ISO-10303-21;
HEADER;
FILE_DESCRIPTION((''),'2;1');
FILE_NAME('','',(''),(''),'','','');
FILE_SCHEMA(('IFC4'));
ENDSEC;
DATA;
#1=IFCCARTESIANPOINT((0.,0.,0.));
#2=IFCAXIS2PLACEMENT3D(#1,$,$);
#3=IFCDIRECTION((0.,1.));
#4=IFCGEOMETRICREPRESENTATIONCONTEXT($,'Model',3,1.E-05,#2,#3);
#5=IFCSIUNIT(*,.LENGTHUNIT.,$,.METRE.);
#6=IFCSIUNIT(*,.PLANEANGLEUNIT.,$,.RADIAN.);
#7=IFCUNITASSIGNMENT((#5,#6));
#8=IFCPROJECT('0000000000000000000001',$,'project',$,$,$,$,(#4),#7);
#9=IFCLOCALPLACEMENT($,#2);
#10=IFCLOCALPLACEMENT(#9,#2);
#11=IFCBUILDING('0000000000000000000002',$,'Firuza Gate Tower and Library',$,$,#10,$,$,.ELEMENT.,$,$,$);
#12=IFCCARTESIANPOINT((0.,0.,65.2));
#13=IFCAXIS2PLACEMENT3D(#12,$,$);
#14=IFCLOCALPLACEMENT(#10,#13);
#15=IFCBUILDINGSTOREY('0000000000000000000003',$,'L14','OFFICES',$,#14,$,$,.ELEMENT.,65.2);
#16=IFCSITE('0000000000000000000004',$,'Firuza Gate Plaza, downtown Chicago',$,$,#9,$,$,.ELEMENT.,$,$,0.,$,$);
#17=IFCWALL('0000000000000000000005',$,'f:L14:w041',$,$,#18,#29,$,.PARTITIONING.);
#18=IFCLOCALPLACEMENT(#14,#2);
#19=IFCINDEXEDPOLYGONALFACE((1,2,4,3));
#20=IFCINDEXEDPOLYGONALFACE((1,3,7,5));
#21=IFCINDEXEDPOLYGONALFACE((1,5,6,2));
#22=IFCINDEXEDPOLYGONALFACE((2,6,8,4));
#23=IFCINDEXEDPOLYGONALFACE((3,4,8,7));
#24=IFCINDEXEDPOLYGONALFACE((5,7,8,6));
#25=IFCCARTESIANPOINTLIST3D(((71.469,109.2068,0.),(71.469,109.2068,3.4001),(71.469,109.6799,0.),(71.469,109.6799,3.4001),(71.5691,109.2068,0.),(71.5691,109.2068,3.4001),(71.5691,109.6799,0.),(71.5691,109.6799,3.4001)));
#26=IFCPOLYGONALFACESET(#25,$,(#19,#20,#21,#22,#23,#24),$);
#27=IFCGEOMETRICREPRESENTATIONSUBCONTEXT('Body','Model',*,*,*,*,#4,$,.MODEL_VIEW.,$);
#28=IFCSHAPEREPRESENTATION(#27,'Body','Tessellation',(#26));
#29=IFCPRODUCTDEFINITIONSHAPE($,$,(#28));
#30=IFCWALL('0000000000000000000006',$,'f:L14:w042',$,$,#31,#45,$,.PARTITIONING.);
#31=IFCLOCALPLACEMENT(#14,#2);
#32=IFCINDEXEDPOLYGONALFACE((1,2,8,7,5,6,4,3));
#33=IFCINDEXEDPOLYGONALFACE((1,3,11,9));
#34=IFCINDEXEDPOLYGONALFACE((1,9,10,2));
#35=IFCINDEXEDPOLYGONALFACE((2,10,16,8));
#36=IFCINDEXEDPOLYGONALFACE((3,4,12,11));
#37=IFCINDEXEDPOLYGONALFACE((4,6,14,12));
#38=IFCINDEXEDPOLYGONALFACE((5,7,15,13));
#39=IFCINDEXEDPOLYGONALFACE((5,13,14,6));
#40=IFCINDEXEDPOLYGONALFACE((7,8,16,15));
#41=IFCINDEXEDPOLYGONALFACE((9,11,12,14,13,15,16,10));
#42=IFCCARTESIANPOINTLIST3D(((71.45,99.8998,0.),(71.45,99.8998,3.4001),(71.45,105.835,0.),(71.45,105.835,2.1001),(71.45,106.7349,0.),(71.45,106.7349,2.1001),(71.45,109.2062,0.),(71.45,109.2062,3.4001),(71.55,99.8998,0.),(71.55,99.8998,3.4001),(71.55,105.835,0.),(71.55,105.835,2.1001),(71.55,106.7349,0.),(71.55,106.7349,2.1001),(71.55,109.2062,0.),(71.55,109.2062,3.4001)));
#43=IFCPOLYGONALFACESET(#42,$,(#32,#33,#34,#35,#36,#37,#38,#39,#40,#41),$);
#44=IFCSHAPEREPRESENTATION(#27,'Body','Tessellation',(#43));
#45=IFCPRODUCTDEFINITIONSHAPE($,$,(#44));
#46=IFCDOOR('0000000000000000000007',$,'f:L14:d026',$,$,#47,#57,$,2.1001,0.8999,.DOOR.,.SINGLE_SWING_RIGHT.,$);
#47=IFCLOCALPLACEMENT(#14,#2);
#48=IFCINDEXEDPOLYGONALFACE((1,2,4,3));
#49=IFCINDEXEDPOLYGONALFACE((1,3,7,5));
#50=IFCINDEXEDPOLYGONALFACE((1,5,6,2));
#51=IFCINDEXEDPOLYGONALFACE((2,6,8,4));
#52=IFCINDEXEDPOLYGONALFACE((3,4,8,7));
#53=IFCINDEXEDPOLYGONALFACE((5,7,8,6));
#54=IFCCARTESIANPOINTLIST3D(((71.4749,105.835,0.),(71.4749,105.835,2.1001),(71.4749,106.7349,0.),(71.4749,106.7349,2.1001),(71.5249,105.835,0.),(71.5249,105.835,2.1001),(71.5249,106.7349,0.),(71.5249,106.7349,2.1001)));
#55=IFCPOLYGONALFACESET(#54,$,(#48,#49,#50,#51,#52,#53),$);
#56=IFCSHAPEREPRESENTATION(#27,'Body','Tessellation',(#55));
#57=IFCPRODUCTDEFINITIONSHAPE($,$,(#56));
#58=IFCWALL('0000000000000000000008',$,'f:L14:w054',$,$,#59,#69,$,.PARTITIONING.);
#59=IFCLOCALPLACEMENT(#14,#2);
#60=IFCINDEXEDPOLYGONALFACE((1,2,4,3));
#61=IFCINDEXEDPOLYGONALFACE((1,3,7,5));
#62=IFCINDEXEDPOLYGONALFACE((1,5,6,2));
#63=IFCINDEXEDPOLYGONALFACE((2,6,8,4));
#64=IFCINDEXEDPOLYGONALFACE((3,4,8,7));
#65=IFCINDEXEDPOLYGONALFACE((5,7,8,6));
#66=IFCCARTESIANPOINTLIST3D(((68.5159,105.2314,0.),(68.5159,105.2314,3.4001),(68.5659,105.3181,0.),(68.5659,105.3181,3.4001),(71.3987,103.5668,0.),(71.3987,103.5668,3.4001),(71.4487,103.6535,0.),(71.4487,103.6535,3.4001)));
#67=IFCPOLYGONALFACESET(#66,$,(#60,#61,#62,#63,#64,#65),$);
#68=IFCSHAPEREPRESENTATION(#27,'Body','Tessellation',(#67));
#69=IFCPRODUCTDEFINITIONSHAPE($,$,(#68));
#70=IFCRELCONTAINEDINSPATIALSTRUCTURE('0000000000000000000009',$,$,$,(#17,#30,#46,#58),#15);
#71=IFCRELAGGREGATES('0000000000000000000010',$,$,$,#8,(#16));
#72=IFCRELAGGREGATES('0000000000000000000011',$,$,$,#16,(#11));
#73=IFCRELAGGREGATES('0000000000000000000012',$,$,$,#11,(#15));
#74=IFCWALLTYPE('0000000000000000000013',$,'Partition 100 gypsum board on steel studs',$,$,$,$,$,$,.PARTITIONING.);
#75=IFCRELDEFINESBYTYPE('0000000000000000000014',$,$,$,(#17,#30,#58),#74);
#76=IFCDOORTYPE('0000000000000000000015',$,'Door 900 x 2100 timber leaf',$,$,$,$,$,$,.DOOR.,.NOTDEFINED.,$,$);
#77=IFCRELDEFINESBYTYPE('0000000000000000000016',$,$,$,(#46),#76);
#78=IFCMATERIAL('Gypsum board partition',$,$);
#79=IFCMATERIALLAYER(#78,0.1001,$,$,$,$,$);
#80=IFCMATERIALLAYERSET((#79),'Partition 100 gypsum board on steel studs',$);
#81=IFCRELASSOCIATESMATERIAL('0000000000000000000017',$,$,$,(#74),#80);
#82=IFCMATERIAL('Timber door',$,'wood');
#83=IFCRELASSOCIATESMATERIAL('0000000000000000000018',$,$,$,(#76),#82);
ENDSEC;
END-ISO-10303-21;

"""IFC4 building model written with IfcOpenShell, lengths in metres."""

from ifc_helpers import new_model, si_unit, direction, frame, frame_2d, origin, place, context, subcontext, project, spatial, rectangle, extrude, material, layer, layer_set, type_object, element, fill, save


model = new_model("IFC4")

# Units and contexts
model_context = context("Model", 3, precision=1e-05, world=origin(), true_north=direction((0.0, 1.0)))
body_context = subcontext(model_context, "Body", "Model", "MODEL_VIEW")
ifc_project = project(units=[si_unit("LENGTHUNIT", "METRE"), si_unit("PLANEANGLEUNIT", "RADIAN")], contexts=[model_context])

# Site, building, storey
site_placement = place(None, origin())
site = spatial("IfcSite", under=ifc_project, at=site_placement, Name="Firuza Gate Plaza, downtown Chicago", CompositionType="ELEMENT", RefElevation=0.0)
building_placement = place(site_placement, origin())
building = spatial("IfcBuilding", under=site, at=building_placement, Name="Firuza Gate Tower and Library", CompositionType="ELEMENT")
storey_placement = place(building_placement, frame((0.0, 0.0, 65.2)))
storey = spatial("IfcBuildingStorey", under=building, at=storey_placement, Name="L14", Description="OFFICES", CompositionType="ELEMENT", Elevation=65.2)

# Shared definitions
ifc_material_1 = material(Name="Gypsum board partition")
ifc_layer_1 = layer(ifc_material_1, 0.1001)
ifc_layer_set_1 = layer_set([ifc_layer_1], Name="Partition 100 gypsum board on steel studs")
wall_type_1 = type_object("IfcWallType", Name="Partition 100 gypsum board on steel studs", PredefinedType="PARTITIONING", material=ifc_layer_set_1)
ifc_material_2 = material(Name="Timber door", Category="wood")
door_type = type_object("IfcDoorType", Name="Door 900 x 2100 timber leaf", OperationType="NOTDEFINED", PredefinedType="DOOR", material=ifc_material_2)

# Wall
wall_1_placement = place(storey_placement, frame((71.519, 109.2068, 0.0), z_axis=(0.0, 0.0, 1.0), x_axis=(0.0, 1.0, 0.0)))
element("IfcWall", 1, at=wall_1_placement, inside=storey, type_object=wall_type_1, Name="f:L14:w041", PredefinedType="PARTITIONING", context=body_context, shape_type="SweptSolid", body=[
    extrude(rectangle(XDim=0.4731, YDim=0.1001, at=frame_2d((0.2366, 0.0))), origin(), (0.0, 0.0, 1.0), 3.4001),
])

# Wall, opening, door
wall_2_placement = place(storey_placement, frame((71.5, 109.2063, 0.0), z_axis=(0.0, 0.0, 1.0), x_axis=(0.0, -1.0, 0.0)))
wall_2 = element("IfcWall", 2, at=wall_2_placement, inside=storey, type_object=wall_type_1, Name="f:L14:w042", PredefinedType="PARTITIONING", context=body_context, shape_type="SweptSolid", body=[
    extrude(rectangle(XDim=9.3064, YDim=0.1001, at=frame_2d((4.6533, 0.0))), origin(), (0.0, 0.0, 1.0), 3.4001),
])
opening_1_placement = place(wall_2_placement, frame((2.4714, 0.0, 0.0)))
opening_1 = element("IfcOpeningElement", 3, at=opening_1_placement, cuts=wall_2, PredefinedType="OPENING", context=body_context, shape_type="SweptSolid", body=[
    extrude(rectangle(XDim=0.8999, YDim=2.1001, at=frame_2d((0.45, 1.05))), frame((0.0, 0.0601, 0.0), z_axis=(0.0, -1.0, 0.0), x_axis=(1.0, 0.0, 0.0)), (0.0, 0.0, 1.0), 0.1201),
])
door_1_placement = place(opening_1_placement, origin())
door_1 = element("IfcDoor", 4, at=door_1_placement, inside=storey, type_object=door_type, Name="f:L14:d026", OperationType="SINGLE_SWING_RIGHT", OverallHeight=2.1001, OverallWidth=0.8999, PredefinedType="DOOR", context=body_context, shape_type="SweptSolid", body=[
    extrude(rectangle(XDim=0.8999, YDim=2.1001, at=frame_2d((0.45, 1.05))), frame((0.0, 0.0249, 0.0), z_axis=(0.0, -1.0, 0.0), x_axis=(1.0, 0.0, 0.0)), (0.0, 0.0, 1.0), 0.05),
])
fill(opening_1, door_1)

# Wall
wall_3_placement = place(storey_placement, frame((71.4238, 103.6101, 0.0), z_axis=(0.0, 0.0, 1.0), x_axis=(-0.866005, 0.500036, 0.0)))
element("IfcWall", 5, at=wall_3_placement, inside=storey, type_object=wall_type_1, Name="f:L14:w054", PredefinedType="PARTITIONING", context=body_context, shape_type="SweptSolid", body=[
    extrude(rectangle(XDim=3.3289, YDim=0.1001, at=frame_2d((1.6646, 0.0))), origin(), (0.0, 0.0, 1.0), 3.4001),
])

save(model, "model.ifc")
